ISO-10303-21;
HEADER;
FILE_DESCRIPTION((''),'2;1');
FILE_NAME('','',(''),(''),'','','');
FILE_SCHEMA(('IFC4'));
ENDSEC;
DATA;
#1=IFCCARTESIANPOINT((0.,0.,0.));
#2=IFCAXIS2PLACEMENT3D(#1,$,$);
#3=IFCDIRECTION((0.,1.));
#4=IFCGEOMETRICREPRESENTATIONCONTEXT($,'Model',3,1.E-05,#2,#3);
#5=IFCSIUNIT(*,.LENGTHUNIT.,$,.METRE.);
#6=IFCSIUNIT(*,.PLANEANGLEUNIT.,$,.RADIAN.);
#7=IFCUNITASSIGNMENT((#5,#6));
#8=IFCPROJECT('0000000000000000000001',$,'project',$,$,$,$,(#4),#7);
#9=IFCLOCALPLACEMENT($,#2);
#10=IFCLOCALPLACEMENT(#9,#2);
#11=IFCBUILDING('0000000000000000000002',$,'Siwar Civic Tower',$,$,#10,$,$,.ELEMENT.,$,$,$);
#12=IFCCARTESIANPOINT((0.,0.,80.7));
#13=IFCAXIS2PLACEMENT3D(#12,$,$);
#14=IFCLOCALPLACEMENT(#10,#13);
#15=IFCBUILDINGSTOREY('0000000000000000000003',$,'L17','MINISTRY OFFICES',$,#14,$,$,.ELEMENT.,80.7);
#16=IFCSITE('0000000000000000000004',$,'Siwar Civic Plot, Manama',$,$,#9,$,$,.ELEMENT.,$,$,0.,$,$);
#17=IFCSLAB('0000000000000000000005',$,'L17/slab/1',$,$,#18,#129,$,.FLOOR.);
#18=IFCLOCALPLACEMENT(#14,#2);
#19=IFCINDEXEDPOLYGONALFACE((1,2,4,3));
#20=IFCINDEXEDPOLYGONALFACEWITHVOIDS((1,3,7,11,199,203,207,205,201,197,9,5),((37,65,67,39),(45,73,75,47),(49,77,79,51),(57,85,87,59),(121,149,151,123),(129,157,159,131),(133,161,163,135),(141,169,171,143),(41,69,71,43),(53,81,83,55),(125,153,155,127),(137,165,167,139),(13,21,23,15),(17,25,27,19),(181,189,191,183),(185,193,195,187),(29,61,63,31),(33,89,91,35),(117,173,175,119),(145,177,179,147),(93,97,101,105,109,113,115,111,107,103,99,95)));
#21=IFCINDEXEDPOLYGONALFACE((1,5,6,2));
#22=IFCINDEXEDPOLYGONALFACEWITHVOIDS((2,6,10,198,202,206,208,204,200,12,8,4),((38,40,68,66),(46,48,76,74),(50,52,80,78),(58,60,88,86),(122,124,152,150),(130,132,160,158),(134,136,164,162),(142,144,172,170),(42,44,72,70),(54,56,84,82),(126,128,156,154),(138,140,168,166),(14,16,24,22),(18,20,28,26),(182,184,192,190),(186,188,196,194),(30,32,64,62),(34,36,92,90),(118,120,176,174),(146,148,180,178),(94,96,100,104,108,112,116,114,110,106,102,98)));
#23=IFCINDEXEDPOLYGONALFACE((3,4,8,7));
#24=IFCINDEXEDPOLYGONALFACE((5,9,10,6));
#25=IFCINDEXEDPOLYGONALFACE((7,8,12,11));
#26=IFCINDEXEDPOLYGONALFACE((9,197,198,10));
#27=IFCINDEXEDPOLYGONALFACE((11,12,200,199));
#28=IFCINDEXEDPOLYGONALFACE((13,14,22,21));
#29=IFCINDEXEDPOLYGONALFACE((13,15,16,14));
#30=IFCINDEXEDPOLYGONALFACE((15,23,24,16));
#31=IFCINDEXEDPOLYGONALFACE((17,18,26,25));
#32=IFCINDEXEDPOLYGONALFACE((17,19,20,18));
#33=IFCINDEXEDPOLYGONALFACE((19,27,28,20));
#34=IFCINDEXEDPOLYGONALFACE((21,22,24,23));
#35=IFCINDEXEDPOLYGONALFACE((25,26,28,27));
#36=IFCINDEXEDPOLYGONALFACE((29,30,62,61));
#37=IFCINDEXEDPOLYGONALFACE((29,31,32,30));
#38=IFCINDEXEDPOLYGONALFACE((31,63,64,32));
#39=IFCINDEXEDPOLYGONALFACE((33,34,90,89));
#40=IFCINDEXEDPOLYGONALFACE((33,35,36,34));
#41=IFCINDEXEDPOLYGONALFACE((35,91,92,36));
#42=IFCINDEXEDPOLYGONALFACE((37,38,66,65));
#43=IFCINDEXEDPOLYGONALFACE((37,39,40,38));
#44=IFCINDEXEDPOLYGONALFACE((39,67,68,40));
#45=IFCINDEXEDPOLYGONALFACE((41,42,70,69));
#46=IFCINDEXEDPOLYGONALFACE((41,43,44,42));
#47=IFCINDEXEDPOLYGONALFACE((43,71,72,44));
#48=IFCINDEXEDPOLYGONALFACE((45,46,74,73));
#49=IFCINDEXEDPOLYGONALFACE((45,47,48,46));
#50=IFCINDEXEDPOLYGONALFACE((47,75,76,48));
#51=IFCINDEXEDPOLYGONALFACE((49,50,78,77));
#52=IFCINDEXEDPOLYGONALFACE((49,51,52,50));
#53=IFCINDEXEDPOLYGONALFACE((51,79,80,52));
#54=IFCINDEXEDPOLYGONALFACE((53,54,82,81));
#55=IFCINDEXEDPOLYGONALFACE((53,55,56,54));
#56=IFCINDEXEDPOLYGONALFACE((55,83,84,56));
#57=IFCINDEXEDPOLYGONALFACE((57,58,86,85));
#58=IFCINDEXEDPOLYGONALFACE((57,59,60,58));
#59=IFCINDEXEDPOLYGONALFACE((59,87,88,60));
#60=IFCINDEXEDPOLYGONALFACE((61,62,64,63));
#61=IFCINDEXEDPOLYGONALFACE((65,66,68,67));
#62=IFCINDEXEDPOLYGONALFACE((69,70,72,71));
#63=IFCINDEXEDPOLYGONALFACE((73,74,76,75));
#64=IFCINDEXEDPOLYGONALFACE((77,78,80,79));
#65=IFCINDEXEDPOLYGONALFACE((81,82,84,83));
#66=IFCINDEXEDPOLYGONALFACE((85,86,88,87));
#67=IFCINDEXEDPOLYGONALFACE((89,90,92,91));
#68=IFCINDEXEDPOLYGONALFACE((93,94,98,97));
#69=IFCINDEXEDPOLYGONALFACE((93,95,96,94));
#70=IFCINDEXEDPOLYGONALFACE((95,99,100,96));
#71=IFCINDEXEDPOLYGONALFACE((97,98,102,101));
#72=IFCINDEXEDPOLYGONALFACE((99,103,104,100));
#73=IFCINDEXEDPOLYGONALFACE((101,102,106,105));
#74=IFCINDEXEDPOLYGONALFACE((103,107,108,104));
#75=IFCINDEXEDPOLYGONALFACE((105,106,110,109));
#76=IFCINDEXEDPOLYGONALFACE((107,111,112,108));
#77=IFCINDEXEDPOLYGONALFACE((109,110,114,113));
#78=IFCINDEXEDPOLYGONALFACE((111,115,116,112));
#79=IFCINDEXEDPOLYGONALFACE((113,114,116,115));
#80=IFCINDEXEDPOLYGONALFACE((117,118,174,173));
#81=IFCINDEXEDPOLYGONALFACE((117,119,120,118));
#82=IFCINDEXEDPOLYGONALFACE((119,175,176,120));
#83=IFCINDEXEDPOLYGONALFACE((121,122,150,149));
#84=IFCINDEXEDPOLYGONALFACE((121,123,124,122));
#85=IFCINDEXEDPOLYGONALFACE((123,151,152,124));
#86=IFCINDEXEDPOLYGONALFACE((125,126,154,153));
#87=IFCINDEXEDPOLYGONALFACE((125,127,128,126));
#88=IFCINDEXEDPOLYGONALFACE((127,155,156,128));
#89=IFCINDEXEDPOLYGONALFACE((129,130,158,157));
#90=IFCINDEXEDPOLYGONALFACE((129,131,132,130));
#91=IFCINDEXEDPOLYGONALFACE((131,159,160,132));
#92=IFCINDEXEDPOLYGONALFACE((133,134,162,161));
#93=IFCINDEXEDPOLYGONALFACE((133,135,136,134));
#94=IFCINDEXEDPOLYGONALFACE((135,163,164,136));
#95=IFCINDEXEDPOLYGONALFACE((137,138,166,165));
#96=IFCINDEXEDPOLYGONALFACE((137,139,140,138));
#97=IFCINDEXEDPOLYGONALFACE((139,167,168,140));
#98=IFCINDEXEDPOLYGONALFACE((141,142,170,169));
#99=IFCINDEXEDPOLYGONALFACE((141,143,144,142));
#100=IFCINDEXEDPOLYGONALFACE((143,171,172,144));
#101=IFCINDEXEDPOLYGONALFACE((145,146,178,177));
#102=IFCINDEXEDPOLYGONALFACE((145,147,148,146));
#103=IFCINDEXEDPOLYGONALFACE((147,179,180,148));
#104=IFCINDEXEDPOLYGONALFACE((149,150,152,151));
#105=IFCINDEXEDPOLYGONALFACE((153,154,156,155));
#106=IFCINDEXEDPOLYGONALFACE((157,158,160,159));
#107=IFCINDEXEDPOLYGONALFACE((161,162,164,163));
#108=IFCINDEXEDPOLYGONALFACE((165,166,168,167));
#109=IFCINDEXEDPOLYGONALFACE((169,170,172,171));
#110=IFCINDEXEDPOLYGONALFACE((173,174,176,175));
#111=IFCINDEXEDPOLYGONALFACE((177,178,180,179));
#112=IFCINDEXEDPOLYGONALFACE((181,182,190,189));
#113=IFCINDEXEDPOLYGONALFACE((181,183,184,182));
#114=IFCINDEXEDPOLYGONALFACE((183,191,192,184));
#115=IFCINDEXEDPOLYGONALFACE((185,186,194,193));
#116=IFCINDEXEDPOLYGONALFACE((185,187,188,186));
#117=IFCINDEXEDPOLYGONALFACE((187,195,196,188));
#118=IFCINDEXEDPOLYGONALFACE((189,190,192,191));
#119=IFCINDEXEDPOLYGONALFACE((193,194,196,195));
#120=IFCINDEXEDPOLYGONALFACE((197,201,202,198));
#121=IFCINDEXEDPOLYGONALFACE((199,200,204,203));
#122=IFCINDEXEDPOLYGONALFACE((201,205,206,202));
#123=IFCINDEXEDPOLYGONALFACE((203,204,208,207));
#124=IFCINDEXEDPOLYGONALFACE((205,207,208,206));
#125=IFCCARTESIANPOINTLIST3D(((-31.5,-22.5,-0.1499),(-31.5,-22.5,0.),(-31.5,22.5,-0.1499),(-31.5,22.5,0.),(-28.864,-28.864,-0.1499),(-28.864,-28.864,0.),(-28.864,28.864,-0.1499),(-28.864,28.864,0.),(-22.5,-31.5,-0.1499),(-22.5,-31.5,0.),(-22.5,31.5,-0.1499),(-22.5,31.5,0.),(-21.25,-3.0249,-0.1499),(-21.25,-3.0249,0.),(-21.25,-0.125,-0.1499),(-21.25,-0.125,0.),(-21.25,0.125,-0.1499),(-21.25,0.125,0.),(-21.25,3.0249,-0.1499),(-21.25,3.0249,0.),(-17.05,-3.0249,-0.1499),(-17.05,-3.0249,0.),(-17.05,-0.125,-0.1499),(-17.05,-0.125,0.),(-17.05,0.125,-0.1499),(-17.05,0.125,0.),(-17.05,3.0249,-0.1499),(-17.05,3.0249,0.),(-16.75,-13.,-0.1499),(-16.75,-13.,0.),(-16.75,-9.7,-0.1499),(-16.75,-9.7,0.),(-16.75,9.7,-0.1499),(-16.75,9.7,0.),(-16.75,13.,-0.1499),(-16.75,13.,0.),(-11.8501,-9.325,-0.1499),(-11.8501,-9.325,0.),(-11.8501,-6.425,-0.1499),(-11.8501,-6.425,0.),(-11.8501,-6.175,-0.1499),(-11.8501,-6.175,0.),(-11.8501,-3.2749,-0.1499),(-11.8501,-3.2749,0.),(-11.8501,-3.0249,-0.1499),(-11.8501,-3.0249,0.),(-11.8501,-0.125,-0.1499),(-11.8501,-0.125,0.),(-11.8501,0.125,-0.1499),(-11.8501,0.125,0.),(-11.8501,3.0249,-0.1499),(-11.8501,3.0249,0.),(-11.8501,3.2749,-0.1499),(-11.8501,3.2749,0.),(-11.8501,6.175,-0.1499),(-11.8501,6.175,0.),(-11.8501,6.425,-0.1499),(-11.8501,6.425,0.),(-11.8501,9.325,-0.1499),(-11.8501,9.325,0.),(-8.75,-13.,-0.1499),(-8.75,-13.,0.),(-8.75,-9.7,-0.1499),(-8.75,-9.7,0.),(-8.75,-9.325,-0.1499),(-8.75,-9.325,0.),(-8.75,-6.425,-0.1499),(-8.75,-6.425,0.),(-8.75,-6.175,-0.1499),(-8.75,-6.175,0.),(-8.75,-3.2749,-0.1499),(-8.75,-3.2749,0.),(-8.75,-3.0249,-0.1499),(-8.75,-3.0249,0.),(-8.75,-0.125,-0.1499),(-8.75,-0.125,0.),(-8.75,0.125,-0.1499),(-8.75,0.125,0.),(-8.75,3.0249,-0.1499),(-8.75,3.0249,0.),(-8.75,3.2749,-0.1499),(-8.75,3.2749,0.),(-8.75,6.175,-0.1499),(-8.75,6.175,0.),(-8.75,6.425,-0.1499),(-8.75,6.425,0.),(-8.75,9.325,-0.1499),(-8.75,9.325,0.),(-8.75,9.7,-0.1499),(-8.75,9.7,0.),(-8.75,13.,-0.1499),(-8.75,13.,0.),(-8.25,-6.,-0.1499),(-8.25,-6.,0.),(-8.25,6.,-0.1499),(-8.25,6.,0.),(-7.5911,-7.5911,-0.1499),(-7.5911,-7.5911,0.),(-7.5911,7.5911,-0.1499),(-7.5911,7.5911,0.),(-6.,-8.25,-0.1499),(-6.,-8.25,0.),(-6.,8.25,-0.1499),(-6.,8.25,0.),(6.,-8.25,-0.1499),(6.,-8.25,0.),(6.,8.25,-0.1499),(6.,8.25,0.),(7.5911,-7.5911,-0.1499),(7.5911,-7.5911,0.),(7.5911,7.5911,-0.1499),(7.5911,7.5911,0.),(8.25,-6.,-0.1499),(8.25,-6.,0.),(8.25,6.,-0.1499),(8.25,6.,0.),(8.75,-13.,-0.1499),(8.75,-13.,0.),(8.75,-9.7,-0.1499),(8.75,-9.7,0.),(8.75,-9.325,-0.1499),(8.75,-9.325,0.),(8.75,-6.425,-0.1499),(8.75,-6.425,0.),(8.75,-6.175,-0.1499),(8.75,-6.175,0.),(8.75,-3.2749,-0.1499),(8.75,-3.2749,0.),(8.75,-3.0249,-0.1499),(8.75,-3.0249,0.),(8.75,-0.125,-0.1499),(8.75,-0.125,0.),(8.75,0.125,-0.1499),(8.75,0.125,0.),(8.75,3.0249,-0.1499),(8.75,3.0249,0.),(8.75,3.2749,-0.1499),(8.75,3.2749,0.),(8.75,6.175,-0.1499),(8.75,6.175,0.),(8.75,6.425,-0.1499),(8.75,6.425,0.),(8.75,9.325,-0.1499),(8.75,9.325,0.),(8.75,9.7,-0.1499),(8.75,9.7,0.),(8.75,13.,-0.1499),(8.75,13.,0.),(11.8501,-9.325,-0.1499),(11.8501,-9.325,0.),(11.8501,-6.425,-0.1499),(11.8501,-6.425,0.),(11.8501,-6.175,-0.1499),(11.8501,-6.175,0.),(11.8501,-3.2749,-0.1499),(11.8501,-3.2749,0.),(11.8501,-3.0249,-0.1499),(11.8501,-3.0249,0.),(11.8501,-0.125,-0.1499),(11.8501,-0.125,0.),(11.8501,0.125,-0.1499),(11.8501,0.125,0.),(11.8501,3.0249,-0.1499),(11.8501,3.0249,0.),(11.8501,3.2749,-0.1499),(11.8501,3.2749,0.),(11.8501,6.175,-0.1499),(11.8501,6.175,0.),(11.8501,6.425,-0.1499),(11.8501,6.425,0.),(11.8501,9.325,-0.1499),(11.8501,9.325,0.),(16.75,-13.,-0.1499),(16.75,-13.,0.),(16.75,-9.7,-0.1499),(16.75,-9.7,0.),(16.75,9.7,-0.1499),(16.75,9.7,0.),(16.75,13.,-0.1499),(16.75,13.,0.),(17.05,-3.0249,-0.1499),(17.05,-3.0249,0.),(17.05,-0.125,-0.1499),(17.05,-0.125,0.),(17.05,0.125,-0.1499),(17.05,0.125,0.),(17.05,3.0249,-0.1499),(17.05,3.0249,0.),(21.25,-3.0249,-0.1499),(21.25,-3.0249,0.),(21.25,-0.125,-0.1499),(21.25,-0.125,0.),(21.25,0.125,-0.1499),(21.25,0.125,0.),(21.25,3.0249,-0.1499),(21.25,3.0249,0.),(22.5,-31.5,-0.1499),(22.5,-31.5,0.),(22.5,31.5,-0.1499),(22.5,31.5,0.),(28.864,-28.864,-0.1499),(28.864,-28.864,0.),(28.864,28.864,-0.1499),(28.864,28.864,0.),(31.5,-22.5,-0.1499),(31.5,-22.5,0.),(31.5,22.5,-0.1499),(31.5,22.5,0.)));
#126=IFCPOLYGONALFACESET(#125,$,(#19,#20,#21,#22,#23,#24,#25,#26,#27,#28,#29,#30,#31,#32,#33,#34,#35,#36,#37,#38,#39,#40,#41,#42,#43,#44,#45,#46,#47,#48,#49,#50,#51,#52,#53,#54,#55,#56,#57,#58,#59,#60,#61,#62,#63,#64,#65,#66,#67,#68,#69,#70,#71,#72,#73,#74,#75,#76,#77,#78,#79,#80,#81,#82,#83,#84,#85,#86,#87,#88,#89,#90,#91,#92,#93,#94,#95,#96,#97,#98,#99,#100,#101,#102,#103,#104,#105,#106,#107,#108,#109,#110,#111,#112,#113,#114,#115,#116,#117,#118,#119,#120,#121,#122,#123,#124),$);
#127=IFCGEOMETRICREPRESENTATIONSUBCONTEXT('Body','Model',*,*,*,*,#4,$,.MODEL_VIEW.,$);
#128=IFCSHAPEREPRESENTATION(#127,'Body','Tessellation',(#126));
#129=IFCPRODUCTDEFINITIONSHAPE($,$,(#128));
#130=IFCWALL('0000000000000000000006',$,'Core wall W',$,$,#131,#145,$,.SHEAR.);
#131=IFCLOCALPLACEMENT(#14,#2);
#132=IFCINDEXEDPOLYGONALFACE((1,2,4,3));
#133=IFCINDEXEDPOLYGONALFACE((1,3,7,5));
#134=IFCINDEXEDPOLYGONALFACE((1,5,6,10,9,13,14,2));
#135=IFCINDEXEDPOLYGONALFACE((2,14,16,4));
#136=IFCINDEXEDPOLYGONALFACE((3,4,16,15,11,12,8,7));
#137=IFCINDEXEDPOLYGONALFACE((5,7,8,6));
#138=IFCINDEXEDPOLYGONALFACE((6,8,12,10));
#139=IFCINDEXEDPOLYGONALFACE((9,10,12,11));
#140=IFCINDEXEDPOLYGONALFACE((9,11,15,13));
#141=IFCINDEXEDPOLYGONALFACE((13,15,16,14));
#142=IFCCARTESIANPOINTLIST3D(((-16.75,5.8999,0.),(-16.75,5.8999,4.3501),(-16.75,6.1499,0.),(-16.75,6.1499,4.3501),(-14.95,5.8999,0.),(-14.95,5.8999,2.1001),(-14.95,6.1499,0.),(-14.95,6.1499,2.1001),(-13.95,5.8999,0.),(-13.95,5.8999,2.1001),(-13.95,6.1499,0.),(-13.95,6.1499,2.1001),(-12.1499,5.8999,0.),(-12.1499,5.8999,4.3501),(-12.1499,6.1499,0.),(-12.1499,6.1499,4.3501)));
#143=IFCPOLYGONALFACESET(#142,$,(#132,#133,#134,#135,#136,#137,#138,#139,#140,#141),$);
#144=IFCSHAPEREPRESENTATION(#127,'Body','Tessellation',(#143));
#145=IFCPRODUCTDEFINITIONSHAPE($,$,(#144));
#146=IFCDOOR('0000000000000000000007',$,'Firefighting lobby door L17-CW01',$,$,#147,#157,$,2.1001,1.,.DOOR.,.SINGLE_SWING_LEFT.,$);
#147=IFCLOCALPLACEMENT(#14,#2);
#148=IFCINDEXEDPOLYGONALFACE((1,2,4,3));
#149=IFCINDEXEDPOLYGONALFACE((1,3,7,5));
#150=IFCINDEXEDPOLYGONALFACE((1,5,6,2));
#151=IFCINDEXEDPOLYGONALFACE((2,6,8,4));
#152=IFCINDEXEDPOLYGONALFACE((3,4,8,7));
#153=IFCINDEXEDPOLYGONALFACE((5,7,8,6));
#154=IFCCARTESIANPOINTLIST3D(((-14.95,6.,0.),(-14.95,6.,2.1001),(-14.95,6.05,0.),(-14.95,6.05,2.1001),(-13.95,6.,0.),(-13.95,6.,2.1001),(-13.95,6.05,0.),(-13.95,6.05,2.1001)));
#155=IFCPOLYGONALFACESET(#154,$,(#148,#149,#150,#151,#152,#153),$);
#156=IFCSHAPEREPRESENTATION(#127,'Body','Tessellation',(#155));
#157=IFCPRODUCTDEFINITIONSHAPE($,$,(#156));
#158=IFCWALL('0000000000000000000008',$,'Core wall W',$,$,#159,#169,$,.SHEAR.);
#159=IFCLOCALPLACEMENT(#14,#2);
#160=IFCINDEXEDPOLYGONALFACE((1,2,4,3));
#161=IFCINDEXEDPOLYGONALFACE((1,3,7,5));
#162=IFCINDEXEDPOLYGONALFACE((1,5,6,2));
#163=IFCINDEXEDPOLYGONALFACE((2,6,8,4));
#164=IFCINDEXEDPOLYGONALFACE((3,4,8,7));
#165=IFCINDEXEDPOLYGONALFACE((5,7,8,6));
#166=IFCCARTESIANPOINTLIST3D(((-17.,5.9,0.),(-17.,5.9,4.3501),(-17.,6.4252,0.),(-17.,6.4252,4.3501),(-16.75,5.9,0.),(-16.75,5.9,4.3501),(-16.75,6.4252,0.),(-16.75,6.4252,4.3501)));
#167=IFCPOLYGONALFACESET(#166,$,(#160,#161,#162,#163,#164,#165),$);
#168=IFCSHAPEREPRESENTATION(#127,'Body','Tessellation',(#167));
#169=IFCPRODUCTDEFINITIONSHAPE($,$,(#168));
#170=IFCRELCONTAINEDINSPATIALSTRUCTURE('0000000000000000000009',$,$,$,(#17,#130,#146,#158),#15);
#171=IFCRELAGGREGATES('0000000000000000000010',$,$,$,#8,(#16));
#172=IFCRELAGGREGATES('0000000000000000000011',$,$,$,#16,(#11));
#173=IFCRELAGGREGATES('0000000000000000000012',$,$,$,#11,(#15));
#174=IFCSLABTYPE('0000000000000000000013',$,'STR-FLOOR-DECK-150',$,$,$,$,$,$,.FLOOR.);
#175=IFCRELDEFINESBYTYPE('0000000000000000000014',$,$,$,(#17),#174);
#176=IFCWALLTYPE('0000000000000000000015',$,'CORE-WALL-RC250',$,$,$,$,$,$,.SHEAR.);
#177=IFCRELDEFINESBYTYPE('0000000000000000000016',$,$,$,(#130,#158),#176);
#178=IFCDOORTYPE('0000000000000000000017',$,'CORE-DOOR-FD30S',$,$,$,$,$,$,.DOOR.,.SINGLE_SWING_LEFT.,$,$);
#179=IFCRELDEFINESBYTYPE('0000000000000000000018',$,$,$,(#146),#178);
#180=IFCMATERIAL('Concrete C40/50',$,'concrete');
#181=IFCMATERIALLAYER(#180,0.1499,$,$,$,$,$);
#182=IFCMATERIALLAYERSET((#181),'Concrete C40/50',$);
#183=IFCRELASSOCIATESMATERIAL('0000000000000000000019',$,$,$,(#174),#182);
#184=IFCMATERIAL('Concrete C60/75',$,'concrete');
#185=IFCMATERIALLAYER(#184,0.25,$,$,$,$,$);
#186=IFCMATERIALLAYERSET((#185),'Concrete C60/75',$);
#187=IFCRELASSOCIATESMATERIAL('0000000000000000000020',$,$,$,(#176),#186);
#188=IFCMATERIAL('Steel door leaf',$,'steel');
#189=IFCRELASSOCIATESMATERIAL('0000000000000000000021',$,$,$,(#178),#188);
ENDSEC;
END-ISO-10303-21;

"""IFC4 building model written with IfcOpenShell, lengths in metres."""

from ifc_helpers import new_model, si_unit, direction, frame, frame_2d, origin, place, context, subcontext, project, spatial, polyline, rectangle, outline, extrude, material, layer, layer_set, type_object, element, fill, save


model = new_model("IFC4")

# Units and contexts
model_context = context("Model", 3, precision=1e-05, world=origin(), true_north=direction((0.0, 1.0)))
body_context = subcontext(model_context, "Body", "Model", "MODEL_VIEW")
ifc_project = project(units=[si_unit("LENGTHUNIT", "METRE"), si_unit("PLANEANGLEUNIT", "RADIAN")], contexts=[model_context])

# Site, building, storey
site_placement = place(None, origin())
site = spatial("IfcSite", under=ifc_project, at=site_placement, Name="Siwar Civic Plot, Manama", CompositionType="ELEMENT", RefElevation=0.0)
building_placement = place(site_placement, origin())
building = spatial("IfcBuilding", under=site, at=building_placement, Name="Siwar Civic Tower", CompositionType="ELEMENT")
storey_placement = place(building_placement, frame((0.0, 0.0, 80.7)))
storey = spatial("IfcBuildingStorey", under=building, at=storey_placement, Name="L17", Description="MINISTRY OFFICES", CompositionType="ELEMENT", Elevation=80.7)

# Slab
ifc_material_1 = material(Name="Concrete C40/50", Category="concrete")
ifc_layer_1 = layer(ifc_material_1, 0.1499)
ifc_layer_set_1 = layer_set([ifc_layer_1], Name="Concrete C40/50")
slab_type_1 = type_object("IfcSlabType", Name="STR-FLOOR-DECK-150", PredefinedType="FLOOR", material=ifc_layer_set_1)
slab_1_placement = place(storey_placement, frame((0.0, 0.0, -0.1499)))
element("IfcSlab", 1, at=slab_1_placement, inside=storey, type_object=slab_type_1, Name="L17/slab/1", PredefinedType="FLOOR", context=body_context, shape_type="SweptSolid", body=[
    extrude(outline(polyline([(-22.5, -31.5), (22.5, -31.5), (28.864, -28.864), (31.5, -22.5), (31.5, 22.5), (28.864, 28.864), (22.5, 31.5), (-22.5, 31.5), (-28.864, 28.864), (-31.5, 22.5), (-31.5, -22.5), (-28.864, -28.864), (-22.5, -31.5)]), holes=[polyline([(21.25, 3.0249), (21.25, 0.125), (17.05, 0.125), (17.05, 3.0249), (21.25, 3.0249)]), polyline([(17.05, -0.125), (21.25, -0.125), (21.25, -3.0249), (17.05, -3.0249), (17.05, -0.125)]), polyline([(16.75, 13.0), (16.75, 9.7), (8.75, 9.7), (8.75, 13.0), (16.75, 13.0)]), polyline([(8.75, -9.7), (16.75, -9.7), (16.75, -13.0), (8.75, -13.0), (8.75, -9.7)]), polyline([(11.8501, 9.325), (11.8501, 6.425), (8.75, 6.425), (8.75, 9.325), (11.8501, 9.325)]), polyline([(11.8501, 3.0249), (11.8501, 0.125), (8.75, 0.125), (8.75, 3.0249), (11.8501, 3.0249)]), polyline([(11.8501, -0.125), (11.8501, -3.0249), (8.75, -3.0249), (8.75, -0.125), (11.8501, -0.125)]), polyline([(11.8501, -3.2749), (11.8501, -6.175), (8.75, -6.175), (8.75, -3.2749), (11.8501, -3.2749)]), polyline([(8.75, 6.175), (11.8501, 6.175), (11.8501, 3.2749), (8.75, 3.2749), (8.75, 6.175)]), polyline([(8.75, -6.425), (11.8501, -6.425), (11.8501, -9.325), (8.75, -9.325), (8.75, -6.425)]), polyline([(-6.0, 8.25), (6.0, 8.25), (7.5911, 7.5911), (8.25, 6.0), (8.25, -6.0), (7.5911, -7.5911), (6.0, -8.25), (-6.0, -8.25), (-7.5911, -7.5911), (-8.25, -6.0), (-8.25, 6.0), (-7.5911, 7.5911), (-6.0, 8.25)]), polyline([(-8.75, 9.7), (-16.75, 9.7), (-16.75, 13.0), (-8.75, 13.0), (-8.75, 9.7)]), polyline([(-8.75, 0.125), (-11.8501, 0.125), (-11.8501, 3.0249), (-8.75, 3.0249), (-8.75, 0.125)]), polyline([(-8.75, -6.175), (-11.8501, -6.175), (-11.8501, -3.2749), (-8.75, -3.2749), (-8.75, -6.175)]), polyline([(-8.75, -9.325), (-11.8501, -9.325), (-11.8501, -6.425), (-8.75, -6.425), (-8.75, -9.325)]), polyline([(-8.75, -13.0), (-16.75, -13.0), (-16.75, -9.7), (-8.75, -9.7), (-8.75, -13.0)]), polyline([(-11.8501, 6.425), (-11.8501, 9.325), (-8.75, 9.325), (-8.75, 6.425), (-11.8501, 6.425)]), polyline([(-11.8501, 3.2749), (-11.8501, 6.175), (-8.75, 6.175), (-8.75, 3.2749), (-11.8501, 3.2749)]), polyline([(-11.8501, -3.0249), (-11.8501, -0.125), (-8.75, -0.125), (-8.75, -3.0249), (-11.8501, -3.0249)]), polyline([(-21.25, -3.0249), (-21.25, -0.125), (-17.05, -0.125), (-17.05, -3.0249), (-21.25, -3.0249)]), polyline([(-17.05, 0.125), (-21.25, 0.125), (-21.25, 3.0249), (-17.05, 3.0249), (-17.05, 0.125)])]), origin(), (0.0, 0.0, 1.0), 0.1499),
])

# Wall, opening, door
ifc_material_2 = material(Name="Concrete C60/75", Category="concrete")
ifc_layer_2 = layer(ifc_material_2, 0.25)
ifc_layer_set_2 = layer_set([ifc_layer_2], Name="Concrete C60/75")
wall_type_1 = type_object("IfcWallType", Name="CORE-WALL-RC250", PredefinedType="SHEAR", material=ifc_layer_set_2)
wall_1_placement = place(storey_placement, frame((-12.1499, 6.0249, 0.0), z_axis=(0.0, 0.0, 1.0), x_axis=(-1.0, 0.0, 0.0)))
wall_1 = element("IfcWall", 2, at=wall_1_placement, inside=storey, type_object=wall_type_1, Name="Core wall W", PredefinedType="SHEAR", context=body_context, shape_type="SweptSolid", body=[
    extrude(rectangle(XDim=4.6001, YDim=0.25, at=frame_2d((2.3, 0.0))), origin(), (0.0, 0.0, 1.0), 4.3501),
])
opening_1_placement = place(wall_1_placement, frame((1.8, 0.0, 0.0)))
opening_1 = element("IfcOpeningElement", 3, at=opening_1_placement, cuts=wall_1, PredefinedType="OPENING", context=body_context, shape_type="SweptSolid", body=[
    extrude(rectangle(XDim=1.0, YDim=2.1001, at=frame_2d((0.5, 1.05))), frame((0.0, 0.135, 0.0), z_axis=(0.0, -1.0, 0.0), x_axis=(1.0, 0.0, 0.0)), (0.0, 0.0, 1.0), 0.27),
])
ifc_material_3 = material(Name="Steel door leaf", Category="steel")
door_type_1 = type_object("IfcDoorType", Name="CORE-DOOR-FD30S", OperationType="SINGLE_SWING_LEFT", PredefinedType="DOOR", material=ifc_material_3)
door_1_placement = place(opening_1_placement, origin())
door_1 = element("IfcDoor", 4, at=door_1_placement, inside=storey, type_object=door_type_1, Name="Firefighting lobby door L17-CW01", OperationType="SINGLE_SWING_LEFT", OverallHeight=2.1001, OverallWidth=1.0, PredefinedType="DOOR", context=body_context, shape_type="SweptSolid", body=[
    extrude(rectangle(XDim=1.0, YDim=2.1001, at=frame_2d((0.5, 1.05))), frame((0.0, 0.0249, 0.0), z_axis=(0.0, -1.0, 0.0), x_axis=(1.0, 0.0, 0.0)), (0.0, 0.0, 1.0), 0.05),
])
fill(opening_1, door_1)

# Wall
wall_2_placement = place(storey_placement, frame((-16.875, 5.8999, 0.0), z_axis=(0.0, 0.0, 1.0), x_axis=(0.0, 1.0, 0.0)))
element("IfcWall", 5, at=wall_2_placement, inside=storey, type_object=wall_type_1, Name="Core wall W", PredefinedType="SHEAR", context=body_context, shape_type="SweptSolid", body=[
    extrude(rectangle(XDim=0.5251, YDim=0.25, at=frame_2d((0.2627, 0.0))), origin(), (0.0, 0.0, 1.0), 4.3501),
])

save(model, "model.ifc")
